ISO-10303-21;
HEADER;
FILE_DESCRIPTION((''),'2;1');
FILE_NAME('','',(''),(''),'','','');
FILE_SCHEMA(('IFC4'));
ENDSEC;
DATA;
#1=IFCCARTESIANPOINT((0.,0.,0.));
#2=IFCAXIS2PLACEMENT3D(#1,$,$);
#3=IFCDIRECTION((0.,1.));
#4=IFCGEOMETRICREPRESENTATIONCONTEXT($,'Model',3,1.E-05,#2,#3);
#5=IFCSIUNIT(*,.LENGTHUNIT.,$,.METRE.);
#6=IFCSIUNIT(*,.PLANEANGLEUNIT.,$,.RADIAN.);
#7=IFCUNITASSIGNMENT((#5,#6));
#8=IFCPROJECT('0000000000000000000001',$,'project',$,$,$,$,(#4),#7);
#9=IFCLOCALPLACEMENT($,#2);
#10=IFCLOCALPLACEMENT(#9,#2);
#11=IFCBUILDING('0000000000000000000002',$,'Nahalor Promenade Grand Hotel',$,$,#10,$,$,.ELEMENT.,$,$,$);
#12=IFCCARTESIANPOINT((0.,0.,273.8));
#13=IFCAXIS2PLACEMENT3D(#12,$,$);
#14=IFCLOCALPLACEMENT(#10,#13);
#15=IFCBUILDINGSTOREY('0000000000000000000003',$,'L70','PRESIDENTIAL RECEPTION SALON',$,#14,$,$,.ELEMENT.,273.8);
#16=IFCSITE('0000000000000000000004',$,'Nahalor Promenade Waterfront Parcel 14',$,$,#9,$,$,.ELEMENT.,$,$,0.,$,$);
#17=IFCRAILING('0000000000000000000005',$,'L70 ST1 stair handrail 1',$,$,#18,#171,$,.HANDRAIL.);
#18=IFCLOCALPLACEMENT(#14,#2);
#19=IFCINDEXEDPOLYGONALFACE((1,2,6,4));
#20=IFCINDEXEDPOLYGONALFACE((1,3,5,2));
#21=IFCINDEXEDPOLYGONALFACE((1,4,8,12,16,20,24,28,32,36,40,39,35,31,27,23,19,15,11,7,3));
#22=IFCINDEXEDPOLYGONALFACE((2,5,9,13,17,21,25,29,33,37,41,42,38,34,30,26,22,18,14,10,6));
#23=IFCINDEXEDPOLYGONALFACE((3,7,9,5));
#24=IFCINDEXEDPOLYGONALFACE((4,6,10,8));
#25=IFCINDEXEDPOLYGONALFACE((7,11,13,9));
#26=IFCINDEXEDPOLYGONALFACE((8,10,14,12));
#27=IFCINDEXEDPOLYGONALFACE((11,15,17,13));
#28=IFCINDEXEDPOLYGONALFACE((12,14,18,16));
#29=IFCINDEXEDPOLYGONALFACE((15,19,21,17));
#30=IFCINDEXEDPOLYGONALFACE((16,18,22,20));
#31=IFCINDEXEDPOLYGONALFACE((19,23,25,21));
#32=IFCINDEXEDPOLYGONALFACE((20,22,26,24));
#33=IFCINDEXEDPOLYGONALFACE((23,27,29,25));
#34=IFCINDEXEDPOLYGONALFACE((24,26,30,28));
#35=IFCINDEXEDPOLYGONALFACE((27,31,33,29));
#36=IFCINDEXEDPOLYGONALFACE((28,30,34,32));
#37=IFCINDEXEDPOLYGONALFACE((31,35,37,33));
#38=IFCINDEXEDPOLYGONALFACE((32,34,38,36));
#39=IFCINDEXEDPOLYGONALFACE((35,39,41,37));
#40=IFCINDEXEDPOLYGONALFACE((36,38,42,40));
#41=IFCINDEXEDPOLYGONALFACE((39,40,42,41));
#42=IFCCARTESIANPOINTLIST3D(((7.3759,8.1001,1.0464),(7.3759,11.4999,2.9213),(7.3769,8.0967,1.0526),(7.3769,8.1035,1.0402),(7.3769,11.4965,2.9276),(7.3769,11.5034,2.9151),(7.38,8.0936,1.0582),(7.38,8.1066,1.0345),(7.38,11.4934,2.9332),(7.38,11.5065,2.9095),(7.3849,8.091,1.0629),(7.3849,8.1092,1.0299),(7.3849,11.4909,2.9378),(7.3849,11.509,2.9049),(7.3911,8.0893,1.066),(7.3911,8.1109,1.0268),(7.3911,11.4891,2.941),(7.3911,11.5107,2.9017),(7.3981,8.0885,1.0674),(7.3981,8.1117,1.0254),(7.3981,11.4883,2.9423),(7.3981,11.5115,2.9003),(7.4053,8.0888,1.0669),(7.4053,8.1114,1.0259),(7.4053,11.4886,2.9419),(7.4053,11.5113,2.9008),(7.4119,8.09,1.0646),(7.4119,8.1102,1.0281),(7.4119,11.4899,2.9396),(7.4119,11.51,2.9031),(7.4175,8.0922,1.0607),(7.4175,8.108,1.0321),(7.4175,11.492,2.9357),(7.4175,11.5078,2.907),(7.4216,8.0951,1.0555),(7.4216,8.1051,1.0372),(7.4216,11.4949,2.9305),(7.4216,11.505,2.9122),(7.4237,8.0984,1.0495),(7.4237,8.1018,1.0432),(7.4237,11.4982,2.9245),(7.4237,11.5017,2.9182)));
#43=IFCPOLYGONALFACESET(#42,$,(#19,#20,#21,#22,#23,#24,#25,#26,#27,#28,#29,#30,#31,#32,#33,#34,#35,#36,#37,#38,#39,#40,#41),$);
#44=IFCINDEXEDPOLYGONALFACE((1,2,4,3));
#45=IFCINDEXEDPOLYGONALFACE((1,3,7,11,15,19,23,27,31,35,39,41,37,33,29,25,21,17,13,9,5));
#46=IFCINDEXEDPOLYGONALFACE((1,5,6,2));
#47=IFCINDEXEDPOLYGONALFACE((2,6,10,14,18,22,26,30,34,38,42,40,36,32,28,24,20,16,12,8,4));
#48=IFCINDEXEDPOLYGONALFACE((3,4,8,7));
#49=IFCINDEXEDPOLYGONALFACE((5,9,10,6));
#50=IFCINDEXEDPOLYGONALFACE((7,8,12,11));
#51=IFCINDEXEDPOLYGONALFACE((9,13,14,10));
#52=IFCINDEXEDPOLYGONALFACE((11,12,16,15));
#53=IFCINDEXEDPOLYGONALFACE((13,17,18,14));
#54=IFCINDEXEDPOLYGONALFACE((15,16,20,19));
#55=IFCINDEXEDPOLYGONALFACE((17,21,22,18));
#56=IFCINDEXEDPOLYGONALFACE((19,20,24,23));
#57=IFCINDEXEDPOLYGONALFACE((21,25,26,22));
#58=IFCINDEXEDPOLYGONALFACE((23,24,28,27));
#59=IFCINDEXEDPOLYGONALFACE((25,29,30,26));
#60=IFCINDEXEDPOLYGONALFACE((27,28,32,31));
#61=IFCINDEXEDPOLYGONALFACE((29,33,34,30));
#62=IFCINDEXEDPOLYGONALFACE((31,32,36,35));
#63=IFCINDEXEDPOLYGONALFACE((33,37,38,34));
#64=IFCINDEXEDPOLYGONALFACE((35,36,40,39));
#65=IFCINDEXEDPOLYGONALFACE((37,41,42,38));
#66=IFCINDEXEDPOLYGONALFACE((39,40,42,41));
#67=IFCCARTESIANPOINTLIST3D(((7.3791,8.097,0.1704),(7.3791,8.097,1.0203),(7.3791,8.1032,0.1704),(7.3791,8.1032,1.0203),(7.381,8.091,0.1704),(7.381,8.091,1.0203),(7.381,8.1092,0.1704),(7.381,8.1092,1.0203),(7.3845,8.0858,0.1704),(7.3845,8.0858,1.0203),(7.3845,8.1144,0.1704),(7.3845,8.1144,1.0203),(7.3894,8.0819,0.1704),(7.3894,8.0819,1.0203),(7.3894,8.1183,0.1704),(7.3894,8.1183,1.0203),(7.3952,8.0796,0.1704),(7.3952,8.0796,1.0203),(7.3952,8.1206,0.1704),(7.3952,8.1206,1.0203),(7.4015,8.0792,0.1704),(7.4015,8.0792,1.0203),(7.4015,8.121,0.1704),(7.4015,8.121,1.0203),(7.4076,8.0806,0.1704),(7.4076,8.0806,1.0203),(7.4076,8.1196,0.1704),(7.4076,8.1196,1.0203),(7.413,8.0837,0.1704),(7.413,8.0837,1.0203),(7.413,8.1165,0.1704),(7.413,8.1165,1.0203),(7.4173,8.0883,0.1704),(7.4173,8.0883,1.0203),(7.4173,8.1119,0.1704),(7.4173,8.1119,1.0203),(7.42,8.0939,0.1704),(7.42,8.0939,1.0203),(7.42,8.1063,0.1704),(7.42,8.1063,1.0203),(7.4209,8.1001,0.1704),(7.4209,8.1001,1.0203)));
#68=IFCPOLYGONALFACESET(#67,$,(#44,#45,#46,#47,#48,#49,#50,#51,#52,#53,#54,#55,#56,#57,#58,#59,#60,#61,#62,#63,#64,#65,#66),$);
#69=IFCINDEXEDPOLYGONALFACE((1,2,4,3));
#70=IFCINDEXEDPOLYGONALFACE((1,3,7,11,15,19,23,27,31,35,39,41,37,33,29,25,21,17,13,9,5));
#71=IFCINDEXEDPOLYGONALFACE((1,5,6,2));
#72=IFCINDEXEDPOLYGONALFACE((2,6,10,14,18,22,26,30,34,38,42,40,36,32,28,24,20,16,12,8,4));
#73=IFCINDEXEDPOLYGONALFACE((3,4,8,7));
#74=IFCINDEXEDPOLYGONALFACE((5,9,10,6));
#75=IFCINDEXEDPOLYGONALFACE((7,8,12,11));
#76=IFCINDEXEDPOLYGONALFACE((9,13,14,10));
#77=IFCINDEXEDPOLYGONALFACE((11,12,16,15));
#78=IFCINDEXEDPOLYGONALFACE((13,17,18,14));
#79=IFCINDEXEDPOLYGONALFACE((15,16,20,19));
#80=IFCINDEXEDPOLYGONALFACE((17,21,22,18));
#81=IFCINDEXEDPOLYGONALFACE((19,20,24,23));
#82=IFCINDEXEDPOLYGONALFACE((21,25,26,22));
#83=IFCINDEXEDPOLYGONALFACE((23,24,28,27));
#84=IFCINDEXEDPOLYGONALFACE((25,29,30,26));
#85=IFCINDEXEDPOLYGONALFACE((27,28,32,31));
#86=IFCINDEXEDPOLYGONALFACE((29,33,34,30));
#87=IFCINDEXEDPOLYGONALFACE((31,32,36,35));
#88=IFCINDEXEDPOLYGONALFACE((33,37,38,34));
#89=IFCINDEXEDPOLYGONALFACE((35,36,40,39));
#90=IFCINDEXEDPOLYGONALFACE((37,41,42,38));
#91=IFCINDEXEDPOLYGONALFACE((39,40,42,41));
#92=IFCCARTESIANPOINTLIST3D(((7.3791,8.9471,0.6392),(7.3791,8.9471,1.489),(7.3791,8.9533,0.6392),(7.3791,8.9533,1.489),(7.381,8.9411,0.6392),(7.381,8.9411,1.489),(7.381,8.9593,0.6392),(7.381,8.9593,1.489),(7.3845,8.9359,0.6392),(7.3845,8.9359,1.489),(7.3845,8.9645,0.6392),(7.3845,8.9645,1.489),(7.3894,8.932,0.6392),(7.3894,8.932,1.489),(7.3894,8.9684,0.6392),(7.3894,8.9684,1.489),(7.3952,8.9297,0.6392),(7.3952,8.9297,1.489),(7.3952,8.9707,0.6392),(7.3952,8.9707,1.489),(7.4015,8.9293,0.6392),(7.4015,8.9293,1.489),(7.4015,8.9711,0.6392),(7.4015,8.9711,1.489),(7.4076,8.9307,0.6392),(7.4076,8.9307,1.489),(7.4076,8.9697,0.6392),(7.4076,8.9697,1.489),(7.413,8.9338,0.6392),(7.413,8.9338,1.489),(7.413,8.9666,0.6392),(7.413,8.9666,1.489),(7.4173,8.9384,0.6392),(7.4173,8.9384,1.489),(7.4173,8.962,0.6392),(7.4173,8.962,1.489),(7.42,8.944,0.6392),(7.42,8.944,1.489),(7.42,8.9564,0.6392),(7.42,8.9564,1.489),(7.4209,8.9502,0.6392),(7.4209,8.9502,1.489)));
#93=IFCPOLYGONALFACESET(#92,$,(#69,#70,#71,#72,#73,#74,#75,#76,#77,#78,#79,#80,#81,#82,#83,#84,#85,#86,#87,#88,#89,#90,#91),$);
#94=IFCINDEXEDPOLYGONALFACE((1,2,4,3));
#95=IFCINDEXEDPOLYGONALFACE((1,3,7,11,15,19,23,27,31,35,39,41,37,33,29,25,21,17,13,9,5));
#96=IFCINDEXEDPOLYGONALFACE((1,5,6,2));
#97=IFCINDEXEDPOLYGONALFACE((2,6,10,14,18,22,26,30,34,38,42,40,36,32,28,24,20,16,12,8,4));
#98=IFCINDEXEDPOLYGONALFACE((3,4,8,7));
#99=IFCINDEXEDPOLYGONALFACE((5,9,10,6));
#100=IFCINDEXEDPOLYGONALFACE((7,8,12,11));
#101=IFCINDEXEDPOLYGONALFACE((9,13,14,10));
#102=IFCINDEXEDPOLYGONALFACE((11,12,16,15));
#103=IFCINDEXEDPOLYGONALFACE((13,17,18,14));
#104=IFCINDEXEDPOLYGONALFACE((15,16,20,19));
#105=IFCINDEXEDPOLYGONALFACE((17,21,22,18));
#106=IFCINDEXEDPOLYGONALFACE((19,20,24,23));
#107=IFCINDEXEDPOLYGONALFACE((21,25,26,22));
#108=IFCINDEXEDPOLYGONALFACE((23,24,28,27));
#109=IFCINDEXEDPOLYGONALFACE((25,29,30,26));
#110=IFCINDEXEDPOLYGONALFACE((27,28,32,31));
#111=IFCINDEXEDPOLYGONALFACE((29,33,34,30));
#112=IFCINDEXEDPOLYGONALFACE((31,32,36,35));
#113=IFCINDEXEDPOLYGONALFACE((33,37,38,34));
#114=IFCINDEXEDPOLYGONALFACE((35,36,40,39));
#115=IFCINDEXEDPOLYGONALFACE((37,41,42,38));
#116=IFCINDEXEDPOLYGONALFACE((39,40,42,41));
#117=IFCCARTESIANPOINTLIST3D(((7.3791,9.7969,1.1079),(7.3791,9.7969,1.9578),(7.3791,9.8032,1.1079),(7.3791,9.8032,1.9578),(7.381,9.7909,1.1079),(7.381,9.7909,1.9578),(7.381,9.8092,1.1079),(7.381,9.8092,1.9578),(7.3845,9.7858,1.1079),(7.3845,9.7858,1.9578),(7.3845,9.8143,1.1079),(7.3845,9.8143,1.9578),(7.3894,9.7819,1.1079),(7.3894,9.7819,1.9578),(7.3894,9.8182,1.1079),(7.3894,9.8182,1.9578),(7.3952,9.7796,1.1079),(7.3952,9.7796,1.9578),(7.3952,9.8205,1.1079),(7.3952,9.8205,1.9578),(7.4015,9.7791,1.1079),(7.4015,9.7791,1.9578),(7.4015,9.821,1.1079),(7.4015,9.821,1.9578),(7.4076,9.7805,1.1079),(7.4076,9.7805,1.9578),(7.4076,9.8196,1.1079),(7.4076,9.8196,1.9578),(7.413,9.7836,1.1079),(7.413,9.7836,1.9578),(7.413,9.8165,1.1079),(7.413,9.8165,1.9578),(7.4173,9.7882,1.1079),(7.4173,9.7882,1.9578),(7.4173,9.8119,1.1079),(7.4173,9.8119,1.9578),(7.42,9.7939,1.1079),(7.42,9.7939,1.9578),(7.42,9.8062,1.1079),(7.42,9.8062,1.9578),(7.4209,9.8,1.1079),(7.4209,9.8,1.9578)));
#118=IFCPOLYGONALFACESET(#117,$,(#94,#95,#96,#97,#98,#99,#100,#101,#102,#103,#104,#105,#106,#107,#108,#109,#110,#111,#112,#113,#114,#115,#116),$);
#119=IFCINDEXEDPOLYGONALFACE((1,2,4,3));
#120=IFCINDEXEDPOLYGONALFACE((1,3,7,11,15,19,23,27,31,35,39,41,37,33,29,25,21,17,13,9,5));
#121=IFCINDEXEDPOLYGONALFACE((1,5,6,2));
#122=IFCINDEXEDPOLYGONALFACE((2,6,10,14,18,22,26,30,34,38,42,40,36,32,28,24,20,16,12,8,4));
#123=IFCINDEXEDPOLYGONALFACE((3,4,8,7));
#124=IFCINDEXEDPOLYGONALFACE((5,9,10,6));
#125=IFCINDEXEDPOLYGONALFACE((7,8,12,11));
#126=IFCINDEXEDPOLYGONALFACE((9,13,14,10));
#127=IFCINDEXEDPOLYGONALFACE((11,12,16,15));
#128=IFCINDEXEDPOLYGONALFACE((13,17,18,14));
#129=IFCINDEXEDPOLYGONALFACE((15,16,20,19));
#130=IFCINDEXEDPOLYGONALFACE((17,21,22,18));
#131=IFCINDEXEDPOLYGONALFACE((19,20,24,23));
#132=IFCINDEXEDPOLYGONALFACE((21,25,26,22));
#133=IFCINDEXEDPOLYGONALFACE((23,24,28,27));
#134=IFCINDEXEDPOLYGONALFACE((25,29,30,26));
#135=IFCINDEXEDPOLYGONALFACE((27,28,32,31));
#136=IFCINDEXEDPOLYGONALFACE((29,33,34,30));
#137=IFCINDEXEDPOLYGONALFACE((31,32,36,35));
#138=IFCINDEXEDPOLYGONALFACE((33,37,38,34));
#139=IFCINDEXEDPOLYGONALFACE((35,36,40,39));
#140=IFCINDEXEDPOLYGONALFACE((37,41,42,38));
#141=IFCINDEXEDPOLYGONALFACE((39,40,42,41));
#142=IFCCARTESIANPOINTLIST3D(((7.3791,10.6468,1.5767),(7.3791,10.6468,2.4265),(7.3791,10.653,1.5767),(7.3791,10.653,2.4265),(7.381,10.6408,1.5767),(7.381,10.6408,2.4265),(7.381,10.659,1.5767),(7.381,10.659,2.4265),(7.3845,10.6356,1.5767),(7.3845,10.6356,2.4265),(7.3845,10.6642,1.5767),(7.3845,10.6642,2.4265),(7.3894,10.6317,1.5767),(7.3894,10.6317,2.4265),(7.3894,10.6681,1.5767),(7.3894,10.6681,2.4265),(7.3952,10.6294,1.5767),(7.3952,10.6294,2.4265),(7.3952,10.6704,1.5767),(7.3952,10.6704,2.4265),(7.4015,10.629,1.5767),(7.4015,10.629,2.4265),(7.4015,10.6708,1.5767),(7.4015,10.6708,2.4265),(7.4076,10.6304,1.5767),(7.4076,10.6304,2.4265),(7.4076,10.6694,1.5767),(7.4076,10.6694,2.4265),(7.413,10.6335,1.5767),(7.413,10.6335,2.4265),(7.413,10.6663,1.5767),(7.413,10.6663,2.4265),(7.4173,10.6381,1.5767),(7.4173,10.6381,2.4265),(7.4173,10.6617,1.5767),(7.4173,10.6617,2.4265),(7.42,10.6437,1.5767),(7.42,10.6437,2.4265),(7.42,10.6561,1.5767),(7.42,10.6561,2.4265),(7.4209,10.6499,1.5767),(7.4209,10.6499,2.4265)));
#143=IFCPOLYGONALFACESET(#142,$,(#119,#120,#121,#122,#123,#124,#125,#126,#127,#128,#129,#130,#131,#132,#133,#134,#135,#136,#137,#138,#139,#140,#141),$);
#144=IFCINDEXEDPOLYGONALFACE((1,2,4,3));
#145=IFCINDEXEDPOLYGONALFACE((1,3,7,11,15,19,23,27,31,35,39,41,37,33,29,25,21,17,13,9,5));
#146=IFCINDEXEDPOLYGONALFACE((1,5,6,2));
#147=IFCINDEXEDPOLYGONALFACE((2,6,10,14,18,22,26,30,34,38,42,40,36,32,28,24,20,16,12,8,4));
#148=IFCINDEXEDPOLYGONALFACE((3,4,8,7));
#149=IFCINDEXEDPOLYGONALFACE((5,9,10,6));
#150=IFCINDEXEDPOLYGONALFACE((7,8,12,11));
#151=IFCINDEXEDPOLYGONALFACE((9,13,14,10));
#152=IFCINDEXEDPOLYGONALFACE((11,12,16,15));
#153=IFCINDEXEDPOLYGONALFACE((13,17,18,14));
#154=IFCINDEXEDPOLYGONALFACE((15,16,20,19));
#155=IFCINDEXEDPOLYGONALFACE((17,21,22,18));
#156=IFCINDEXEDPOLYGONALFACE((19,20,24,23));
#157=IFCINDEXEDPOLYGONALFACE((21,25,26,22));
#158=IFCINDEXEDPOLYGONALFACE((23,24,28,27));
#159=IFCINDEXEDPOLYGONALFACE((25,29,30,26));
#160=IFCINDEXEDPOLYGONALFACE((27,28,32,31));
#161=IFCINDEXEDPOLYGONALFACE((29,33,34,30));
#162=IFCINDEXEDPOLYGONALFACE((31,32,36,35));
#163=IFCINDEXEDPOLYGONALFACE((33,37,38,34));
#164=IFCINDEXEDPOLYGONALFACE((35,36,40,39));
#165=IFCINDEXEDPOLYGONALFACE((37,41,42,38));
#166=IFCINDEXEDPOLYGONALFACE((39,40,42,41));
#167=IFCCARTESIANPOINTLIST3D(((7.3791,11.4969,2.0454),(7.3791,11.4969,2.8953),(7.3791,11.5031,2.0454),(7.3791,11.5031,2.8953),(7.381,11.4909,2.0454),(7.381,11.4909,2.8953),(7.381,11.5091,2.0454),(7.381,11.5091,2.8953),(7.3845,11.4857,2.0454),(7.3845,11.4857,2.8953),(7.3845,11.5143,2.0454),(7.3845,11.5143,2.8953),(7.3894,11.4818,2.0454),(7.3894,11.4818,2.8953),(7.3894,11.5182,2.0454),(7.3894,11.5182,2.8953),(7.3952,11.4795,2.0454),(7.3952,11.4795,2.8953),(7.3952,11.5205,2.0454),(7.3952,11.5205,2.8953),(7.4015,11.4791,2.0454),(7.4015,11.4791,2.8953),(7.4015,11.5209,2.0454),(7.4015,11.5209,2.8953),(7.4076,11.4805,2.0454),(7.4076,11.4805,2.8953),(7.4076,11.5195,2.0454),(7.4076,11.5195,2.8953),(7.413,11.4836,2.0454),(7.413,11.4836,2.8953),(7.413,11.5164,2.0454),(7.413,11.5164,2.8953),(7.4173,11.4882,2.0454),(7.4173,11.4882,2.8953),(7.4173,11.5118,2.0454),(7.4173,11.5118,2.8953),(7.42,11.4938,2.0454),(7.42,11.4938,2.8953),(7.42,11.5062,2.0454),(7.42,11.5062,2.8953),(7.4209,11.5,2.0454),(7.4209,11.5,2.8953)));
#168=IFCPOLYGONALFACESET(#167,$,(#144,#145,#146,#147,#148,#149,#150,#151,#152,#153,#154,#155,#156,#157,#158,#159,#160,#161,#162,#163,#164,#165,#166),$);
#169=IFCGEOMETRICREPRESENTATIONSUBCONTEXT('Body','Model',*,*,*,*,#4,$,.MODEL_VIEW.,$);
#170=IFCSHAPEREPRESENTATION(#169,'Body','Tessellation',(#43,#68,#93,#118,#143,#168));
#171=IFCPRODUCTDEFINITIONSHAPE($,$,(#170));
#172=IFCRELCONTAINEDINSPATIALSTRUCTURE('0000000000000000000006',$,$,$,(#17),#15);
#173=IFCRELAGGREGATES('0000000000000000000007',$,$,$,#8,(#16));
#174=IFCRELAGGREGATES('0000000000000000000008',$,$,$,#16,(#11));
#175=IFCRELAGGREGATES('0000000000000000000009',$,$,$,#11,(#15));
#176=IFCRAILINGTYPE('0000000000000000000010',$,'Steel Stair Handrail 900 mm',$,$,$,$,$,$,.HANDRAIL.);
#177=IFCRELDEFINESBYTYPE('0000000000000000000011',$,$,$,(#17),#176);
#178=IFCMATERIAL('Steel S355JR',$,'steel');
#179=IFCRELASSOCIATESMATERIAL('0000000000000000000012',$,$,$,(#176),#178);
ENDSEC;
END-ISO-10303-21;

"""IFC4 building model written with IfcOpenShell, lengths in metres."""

from ifc_helpers import new_model, si_unit, direction, frame, origin, origin_2d, place, context, subcontext, project, spatial, circle, extrude, material, type_object, element, save


model = new_model("IFC4")

# Units and contexts
model_context = context("Model", 3, precision=1e-05, world=origin(), true_north=direction((0.0, 1.0)))
body_context = subcontext(model_context, "Body", "Model", "MODEL_VIEW")
ifc_project = project(units=[si_unit("LENGTHUNIT", "METRE"), si_unit("PLANEANGLEUNIT", "RADIAN")], contexts=[model_context])

# Site, building, storey
site_placement = place(None, origin())
site = spatial("IfcSite", under=ifc_project, at=site_placement, Name="Nahalor Promenade Waterfront Parcel 14", CompositionType="ELEMENT", RefElevation=0.0)
building_placement = place(site_placement, origin())
building = spatial("IfcBuilding", under=site, at=building_placement, Name="Nahalor Promenade Grand Hotel", CompositionType="ELEMENT")
storey_placement = place(building_placement, frame((0.0, 0.0, 273.8)))
storey = spatial("IfcBuildingStorey", under=building, at=storey_placement, Name="L70", Description="PRESIDENTIAL RECEPTION SALON", CompositionType="ELEMENT", Elevation=273.8)

# Shared definitions
ifc_material_1 = material(Name="Steel S355JR", Category="steel")

# Railing
railing_type_1 = type_object("IfcRailingType", Name="Steel Stair Handrail 900 mm", PredefinedType="HANDRAIL", material=ifc_material_1)
railing_1_placement = place(storey_placement, frame((7.3999, 8.1001, 0.1704)))
element("IfcRailing", 1, at=railing_1_placement, inside=storey, type_object=railing_type_1, Name="L70 ST1 stair handrail 1", PredefinedType="HANDRAIL", context=body_context, shape_type="SweptSolid", body=[
    extrude(circle(Radius=0.024, at=origin_2d()), frame((0.0, 0.0, 0.876), z_axis=(0.0, 0.875666, 0.482918), x_axis=(-1.0, 0.0, 0.0)), (0.0, 0.0, 1.0), 3.8826),
    extrude(circle(Radius=0.021, at=origin_2d()), origin(), (0.0, 0.0, 1.0), 0.8499),
    extrude(circle(Radius=0.021, at=origin_2d()), frame((0.0, 0.8501, 0.4688)), (0.0, 0.0, 1.0), 0.8499),
    extrude(circle(Radius=0.021, at=origin_2d()), frame((0.0, 1.7, 0.9375)), (0.0, 0.0, 1.0), 0.8499),
    extrude(circle(Radius=0.021, at=origin_2d()), frame((0.0, 2.5498, 1.4062)), (0.0, 0.0, 1.0), 0.8499),
    extrude(circle(Radius=0.021, at=origin_2d()), frame((0.0, 3.3999, 1.875)), (0.0, 0.0, 1.0), 0.8499),
])

save(model, "model.ifc")
